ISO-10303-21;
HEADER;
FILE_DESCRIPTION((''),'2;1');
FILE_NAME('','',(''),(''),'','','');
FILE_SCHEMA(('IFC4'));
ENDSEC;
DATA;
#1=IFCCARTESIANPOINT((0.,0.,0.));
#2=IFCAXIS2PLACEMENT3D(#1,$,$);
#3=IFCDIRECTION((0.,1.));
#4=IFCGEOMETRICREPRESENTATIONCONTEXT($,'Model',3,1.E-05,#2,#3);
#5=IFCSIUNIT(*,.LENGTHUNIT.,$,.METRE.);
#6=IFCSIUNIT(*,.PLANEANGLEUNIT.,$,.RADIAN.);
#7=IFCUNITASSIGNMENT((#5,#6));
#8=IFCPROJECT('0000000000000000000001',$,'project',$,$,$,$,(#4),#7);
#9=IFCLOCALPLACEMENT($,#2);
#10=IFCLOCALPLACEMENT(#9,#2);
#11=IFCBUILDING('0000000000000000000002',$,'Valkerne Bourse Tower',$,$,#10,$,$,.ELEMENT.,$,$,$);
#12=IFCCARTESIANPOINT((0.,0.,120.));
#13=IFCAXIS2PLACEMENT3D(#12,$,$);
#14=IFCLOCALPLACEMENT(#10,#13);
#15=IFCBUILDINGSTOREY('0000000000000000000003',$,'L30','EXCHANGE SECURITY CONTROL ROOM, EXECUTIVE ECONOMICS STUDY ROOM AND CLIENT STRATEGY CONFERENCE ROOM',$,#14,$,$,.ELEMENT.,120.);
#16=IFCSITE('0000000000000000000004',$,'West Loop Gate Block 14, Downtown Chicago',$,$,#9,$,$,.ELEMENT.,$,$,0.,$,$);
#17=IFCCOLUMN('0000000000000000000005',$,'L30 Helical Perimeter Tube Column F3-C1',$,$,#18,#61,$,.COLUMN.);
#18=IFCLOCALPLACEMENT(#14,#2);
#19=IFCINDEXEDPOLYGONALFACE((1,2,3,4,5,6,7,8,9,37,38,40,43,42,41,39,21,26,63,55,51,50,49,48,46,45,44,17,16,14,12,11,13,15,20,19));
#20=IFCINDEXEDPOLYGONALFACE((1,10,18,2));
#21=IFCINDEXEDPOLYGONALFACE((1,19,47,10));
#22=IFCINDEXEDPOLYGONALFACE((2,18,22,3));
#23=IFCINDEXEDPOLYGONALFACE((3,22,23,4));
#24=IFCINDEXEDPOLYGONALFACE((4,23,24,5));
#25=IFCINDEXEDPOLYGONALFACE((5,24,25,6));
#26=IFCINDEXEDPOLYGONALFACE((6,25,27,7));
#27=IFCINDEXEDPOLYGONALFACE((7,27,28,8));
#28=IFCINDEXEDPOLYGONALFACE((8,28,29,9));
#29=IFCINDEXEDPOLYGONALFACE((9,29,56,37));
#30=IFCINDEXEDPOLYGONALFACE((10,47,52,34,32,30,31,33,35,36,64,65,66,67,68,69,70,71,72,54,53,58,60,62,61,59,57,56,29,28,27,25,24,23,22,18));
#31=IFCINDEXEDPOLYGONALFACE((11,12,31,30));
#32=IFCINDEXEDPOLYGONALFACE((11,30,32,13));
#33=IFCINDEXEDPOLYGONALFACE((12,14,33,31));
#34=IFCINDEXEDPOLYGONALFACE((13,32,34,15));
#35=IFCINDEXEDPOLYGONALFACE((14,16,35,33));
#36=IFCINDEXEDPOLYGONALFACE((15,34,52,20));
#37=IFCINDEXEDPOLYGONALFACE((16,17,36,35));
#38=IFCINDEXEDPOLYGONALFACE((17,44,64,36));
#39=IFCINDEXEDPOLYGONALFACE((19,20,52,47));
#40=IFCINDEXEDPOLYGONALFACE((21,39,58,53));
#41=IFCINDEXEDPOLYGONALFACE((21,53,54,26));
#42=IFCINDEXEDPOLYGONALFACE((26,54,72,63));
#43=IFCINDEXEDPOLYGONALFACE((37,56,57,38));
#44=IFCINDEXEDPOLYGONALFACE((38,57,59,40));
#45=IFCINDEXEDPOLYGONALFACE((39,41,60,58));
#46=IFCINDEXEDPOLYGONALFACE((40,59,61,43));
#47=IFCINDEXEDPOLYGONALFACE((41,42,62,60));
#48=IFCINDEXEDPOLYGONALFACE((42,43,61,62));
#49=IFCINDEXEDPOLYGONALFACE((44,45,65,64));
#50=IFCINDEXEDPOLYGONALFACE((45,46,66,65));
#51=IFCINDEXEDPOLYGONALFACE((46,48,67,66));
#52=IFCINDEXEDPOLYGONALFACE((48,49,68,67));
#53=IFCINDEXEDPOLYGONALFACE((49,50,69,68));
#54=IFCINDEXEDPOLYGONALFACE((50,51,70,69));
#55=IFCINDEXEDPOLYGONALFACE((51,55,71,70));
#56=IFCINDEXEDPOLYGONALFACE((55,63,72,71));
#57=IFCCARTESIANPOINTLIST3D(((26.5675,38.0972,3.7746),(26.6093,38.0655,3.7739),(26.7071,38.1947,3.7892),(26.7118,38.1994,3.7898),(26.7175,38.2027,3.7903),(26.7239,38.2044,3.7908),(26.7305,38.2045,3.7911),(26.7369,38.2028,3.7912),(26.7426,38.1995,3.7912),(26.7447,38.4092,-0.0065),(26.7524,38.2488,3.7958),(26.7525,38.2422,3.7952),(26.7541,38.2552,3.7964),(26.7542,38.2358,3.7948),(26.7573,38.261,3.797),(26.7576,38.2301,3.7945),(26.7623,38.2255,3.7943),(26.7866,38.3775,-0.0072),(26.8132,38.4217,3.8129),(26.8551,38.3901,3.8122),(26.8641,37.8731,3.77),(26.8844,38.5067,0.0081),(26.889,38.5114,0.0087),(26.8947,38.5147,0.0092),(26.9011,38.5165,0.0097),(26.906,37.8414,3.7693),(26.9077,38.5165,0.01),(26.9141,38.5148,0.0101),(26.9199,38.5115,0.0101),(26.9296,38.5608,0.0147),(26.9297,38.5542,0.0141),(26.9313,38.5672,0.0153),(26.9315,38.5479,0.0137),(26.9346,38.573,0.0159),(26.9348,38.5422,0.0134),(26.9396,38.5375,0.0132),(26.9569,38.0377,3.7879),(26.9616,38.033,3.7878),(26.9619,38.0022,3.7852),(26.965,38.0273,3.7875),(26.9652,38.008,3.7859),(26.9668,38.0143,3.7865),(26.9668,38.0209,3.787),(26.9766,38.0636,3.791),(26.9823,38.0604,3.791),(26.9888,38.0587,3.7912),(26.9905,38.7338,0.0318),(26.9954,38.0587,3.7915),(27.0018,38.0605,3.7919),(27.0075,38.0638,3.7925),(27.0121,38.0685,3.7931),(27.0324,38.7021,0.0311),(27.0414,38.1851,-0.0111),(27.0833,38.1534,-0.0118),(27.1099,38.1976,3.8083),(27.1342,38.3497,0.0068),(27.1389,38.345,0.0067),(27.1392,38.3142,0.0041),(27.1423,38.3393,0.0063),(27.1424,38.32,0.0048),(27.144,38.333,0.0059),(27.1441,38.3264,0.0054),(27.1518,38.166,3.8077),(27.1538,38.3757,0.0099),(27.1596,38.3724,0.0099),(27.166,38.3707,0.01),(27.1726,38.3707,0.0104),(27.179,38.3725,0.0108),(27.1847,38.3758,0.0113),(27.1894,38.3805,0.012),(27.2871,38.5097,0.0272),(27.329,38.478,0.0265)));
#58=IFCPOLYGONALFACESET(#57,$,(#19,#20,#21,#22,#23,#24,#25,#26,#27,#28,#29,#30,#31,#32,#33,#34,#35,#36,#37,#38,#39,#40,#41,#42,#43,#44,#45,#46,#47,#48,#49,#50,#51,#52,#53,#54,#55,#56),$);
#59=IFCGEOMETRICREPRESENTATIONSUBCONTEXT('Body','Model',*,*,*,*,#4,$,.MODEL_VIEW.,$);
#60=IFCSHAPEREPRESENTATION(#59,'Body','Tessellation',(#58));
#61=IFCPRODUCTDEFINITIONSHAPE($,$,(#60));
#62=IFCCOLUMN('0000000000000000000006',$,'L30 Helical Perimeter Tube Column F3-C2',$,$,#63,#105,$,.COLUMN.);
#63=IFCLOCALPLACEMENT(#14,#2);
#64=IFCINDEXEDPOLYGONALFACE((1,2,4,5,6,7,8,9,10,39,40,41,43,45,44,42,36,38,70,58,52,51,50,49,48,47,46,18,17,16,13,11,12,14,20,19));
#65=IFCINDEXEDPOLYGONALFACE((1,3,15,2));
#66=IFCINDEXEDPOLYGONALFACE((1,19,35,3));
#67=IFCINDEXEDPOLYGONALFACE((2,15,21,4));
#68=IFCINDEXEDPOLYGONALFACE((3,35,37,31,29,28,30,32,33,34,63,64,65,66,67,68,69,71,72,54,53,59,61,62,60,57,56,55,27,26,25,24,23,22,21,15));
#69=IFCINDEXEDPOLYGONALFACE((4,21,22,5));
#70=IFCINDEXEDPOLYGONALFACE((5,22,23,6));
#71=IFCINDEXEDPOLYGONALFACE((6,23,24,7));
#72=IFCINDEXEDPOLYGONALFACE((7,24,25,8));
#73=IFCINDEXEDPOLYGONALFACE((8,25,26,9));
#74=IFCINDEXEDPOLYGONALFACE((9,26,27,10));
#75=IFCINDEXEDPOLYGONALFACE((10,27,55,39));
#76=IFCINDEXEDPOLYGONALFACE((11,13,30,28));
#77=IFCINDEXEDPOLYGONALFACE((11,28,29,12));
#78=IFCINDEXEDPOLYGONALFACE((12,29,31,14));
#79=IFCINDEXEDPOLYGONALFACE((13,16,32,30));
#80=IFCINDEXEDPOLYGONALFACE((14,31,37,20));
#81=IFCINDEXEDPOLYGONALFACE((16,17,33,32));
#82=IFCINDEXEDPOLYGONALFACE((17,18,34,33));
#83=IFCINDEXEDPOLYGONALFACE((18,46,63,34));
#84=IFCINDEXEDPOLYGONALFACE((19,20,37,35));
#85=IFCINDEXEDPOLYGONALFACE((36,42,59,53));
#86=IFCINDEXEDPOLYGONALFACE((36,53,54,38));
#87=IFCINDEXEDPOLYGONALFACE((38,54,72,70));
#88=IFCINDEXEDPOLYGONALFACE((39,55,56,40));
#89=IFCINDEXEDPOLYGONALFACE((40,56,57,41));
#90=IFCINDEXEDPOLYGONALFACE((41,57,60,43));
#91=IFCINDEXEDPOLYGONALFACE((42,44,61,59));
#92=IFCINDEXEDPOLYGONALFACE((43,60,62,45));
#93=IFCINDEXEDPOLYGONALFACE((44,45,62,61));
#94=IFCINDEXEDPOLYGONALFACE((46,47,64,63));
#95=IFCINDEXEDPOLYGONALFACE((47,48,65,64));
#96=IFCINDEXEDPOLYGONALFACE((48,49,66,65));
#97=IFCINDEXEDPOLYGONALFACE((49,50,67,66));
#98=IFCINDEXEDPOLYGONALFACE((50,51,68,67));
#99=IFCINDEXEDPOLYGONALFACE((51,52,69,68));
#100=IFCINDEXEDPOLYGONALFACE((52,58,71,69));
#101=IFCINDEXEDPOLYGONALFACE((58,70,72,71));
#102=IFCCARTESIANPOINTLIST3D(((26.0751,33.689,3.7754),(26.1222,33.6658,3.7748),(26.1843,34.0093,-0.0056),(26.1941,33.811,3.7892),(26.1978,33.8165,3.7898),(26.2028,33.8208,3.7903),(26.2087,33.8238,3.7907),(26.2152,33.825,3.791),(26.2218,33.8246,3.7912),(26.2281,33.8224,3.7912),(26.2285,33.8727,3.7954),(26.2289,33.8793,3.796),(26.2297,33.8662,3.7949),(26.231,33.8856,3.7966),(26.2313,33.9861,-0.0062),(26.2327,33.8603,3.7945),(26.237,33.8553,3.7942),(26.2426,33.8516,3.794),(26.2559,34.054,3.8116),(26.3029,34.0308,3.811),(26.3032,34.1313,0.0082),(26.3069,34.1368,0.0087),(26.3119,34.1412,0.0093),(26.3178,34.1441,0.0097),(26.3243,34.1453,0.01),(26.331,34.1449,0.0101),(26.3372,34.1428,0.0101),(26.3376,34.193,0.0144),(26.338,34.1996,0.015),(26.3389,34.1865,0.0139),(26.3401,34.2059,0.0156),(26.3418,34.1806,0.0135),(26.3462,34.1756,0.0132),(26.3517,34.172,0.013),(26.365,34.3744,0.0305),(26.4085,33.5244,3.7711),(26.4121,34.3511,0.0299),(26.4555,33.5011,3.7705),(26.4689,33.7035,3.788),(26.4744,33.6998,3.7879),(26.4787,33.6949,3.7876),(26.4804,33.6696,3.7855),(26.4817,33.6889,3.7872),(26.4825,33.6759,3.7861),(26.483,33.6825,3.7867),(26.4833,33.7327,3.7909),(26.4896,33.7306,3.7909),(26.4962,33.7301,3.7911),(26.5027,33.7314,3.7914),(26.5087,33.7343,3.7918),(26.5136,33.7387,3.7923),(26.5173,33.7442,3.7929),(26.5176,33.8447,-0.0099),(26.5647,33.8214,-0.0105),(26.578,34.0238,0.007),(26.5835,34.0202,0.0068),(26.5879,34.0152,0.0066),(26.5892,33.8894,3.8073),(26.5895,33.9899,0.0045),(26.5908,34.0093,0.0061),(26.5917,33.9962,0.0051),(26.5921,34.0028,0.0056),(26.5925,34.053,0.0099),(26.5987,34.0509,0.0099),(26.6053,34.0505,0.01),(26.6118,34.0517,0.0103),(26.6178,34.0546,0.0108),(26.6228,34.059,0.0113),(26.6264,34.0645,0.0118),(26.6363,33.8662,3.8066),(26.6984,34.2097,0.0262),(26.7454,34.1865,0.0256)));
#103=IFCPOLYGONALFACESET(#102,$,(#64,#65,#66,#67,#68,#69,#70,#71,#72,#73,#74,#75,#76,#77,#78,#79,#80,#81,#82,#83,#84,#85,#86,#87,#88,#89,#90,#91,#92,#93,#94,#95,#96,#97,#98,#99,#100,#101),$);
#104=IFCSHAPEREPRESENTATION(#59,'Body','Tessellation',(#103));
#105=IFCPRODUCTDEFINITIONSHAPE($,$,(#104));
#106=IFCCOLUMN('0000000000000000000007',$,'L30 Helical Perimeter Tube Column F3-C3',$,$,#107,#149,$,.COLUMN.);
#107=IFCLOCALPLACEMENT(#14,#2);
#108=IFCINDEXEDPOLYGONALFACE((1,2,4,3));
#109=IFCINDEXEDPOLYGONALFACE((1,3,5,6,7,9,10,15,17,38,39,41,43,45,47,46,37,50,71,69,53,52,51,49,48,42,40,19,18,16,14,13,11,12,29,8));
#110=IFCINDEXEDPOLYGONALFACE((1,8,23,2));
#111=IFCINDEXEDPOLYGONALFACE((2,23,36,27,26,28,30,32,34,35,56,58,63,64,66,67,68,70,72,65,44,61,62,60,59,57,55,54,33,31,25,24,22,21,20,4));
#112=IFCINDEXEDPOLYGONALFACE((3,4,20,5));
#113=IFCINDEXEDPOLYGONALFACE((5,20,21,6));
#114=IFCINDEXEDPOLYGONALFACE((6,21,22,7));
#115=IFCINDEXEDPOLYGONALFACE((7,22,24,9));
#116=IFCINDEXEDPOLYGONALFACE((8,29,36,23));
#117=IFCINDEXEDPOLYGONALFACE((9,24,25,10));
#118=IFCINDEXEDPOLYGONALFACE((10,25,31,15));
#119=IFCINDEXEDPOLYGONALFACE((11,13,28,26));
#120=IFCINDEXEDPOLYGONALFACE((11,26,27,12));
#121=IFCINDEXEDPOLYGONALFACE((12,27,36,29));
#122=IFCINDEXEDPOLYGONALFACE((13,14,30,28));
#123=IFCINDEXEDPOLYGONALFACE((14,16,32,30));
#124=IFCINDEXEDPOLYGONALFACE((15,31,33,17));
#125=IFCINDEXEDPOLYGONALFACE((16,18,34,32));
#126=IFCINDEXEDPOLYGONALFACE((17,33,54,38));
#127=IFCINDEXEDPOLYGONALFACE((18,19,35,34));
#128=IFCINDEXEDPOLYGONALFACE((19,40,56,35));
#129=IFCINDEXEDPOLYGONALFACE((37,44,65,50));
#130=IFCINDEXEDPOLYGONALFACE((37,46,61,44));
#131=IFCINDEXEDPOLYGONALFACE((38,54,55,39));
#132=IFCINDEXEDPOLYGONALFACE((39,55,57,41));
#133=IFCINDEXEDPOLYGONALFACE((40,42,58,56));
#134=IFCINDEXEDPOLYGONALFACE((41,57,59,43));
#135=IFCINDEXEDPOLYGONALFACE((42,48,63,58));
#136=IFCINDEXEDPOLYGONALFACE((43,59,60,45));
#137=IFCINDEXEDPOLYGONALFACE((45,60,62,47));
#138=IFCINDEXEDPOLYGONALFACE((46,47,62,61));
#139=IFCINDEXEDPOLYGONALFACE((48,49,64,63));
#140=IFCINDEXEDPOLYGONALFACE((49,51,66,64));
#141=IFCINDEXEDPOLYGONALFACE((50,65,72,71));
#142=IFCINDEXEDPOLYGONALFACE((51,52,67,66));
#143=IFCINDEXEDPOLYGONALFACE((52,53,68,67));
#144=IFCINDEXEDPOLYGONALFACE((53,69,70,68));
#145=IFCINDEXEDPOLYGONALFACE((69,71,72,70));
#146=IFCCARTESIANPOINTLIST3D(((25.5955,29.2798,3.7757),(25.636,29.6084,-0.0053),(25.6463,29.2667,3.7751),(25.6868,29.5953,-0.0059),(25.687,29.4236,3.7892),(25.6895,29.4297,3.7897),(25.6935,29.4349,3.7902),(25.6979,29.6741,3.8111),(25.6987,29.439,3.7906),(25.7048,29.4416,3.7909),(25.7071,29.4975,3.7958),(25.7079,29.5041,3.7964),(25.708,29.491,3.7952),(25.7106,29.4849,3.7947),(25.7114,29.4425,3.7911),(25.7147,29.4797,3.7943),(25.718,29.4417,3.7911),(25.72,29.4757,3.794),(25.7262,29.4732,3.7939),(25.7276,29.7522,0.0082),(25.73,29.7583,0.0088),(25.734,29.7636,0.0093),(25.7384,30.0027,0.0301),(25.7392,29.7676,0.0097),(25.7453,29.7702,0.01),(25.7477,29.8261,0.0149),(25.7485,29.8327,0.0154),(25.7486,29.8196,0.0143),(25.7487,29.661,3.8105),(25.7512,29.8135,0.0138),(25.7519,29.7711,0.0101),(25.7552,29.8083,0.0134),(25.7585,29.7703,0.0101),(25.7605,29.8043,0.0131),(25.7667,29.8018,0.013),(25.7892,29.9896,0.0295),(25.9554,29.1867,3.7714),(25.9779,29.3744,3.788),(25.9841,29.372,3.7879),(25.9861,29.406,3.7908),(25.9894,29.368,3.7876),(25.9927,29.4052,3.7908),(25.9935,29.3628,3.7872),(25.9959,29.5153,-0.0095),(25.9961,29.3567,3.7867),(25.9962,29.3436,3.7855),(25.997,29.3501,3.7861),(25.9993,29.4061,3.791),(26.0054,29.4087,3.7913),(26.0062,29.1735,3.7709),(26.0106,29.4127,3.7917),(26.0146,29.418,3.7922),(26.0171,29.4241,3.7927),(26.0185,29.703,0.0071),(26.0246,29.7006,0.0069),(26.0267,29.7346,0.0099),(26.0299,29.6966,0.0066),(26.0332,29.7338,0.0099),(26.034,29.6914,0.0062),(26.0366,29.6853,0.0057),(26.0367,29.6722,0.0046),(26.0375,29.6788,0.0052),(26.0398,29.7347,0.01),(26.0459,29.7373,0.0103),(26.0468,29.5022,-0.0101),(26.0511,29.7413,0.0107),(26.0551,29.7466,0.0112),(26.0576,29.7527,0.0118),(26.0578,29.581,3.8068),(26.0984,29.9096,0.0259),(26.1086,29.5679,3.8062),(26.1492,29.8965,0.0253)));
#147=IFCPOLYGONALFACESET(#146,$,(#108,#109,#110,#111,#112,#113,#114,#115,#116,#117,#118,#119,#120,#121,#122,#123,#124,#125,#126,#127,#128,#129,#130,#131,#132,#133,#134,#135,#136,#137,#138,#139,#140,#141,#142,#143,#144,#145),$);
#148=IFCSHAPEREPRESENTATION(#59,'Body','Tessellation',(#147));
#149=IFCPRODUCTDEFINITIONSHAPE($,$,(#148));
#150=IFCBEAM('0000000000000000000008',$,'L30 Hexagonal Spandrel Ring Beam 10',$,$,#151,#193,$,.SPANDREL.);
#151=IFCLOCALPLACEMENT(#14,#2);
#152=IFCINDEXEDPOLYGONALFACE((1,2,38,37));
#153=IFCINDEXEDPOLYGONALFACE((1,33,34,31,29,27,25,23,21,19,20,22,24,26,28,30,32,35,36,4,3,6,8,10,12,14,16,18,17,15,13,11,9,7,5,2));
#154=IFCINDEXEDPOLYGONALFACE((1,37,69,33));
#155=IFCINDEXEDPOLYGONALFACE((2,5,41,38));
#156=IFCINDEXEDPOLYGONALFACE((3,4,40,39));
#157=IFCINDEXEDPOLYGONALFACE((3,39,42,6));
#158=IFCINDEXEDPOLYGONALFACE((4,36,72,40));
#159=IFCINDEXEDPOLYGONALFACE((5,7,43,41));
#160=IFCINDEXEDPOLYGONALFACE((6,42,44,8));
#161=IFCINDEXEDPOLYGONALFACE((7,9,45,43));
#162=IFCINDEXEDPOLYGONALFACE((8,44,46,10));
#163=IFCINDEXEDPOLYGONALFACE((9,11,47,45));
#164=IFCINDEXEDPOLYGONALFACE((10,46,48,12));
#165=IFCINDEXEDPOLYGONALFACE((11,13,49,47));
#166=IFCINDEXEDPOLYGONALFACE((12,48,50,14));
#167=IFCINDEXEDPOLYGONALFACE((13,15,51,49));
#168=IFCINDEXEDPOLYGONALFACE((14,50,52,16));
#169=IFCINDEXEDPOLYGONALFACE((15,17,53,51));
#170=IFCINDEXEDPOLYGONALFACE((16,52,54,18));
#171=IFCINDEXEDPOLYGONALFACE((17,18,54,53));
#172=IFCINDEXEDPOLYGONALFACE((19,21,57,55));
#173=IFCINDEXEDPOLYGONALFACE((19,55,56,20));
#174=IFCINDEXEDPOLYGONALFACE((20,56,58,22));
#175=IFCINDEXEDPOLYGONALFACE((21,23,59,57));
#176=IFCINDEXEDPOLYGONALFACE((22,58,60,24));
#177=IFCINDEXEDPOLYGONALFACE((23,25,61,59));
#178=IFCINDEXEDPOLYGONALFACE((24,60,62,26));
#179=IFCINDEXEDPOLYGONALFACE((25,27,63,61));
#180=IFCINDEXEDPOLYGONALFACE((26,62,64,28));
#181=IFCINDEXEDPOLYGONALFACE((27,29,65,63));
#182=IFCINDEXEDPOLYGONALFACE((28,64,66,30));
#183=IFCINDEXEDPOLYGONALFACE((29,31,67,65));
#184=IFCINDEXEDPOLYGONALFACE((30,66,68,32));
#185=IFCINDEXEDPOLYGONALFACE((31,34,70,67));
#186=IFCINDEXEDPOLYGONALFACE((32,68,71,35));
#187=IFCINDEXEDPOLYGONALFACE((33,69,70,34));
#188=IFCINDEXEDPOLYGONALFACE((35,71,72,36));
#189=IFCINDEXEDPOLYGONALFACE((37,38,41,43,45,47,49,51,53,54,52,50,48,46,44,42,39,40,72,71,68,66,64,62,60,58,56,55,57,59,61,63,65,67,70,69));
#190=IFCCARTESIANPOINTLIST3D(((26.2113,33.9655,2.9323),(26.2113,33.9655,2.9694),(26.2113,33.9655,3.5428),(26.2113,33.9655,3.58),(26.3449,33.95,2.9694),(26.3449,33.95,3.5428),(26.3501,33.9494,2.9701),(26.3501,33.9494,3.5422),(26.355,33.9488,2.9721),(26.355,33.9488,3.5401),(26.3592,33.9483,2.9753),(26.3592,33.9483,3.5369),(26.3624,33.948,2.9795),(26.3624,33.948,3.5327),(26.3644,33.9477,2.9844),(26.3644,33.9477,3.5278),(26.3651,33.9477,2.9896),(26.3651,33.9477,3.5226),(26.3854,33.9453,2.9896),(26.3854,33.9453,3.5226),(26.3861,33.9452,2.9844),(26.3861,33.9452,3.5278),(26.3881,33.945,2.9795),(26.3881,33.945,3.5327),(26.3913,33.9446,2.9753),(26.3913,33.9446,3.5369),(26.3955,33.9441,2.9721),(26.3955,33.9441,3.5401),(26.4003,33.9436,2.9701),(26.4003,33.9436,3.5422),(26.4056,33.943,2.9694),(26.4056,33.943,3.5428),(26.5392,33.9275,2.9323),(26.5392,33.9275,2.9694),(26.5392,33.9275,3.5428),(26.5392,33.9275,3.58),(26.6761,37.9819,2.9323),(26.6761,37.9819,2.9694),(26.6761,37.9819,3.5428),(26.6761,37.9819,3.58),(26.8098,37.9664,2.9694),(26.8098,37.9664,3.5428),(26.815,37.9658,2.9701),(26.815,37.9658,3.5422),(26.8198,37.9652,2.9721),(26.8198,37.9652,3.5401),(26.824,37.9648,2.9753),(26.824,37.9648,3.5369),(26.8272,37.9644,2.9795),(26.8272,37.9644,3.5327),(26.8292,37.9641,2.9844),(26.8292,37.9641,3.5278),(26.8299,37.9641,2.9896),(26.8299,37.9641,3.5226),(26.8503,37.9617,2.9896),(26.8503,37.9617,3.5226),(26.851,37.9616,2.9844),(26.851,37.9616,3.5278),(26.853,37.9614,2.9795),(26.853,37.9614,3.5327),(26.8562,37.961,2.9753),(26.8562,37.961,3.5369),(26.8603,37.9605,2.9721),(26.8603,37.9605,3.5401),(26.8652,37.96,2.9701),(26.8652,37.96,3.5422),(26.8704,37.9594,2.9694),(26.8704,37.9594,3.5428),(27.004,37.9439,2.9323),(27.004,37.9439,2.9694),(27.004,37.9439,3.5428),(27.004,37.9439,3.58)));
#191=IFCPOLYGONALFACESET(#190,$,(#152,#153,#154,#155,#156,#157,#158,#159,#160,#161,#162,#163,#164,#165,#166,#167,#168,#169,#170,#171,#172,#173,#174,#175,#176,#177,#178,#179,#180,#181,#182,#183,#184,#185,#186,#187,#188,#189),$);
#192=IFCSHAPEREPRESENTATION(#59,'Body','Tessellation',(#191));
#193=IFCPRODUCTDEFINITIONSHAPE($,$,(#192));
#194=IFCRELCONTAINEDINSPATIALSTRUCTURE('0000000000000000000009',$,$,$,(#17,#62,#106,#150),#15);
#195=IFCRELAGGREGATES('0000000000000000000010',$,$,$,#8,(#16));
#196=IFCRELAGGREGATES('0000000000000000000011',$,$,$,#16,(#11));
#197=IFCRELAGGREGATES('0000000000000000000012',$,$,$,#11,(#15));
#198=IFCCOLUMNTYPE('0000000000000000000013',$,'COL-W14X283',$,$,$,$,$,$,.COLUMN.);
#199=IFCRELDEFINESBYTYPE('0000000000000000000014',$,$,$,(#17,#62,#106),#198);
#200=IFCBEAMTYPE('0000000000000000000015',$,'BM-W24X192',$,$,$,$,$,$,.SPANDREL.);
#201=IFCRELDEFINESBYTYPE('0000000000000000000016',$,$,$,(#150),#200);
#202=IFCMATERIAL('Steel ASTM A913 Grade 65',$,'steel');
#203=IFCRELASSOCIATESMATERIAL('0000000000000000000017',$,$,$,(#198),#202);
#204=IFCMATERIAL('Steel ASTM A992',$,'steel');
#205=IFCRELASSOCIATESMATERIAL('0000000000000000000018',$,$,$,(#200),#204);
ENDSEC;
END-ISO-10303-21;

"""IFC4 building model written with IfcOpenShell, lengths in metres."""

from ifc_helpers import new_model, si_unit, direction, frame, origin, origin_2d, place, context, subcontext, project, spatial, i_section, extrude, material, material_profile, profile_set, type_object, element, save


model = new_model("IFC4")

# Units and contexts
model_context = context("Model", 3, precision=1e-05, world=origin(), true_north=direction((0.0, 1.0)))
body_context = subcontext(model_context, "Body", "Model", "MODEL_VIEW")
ifc_project = project(units=[si_unit("LENGTHUNIT", "METRE"), si_unit("PLANEANGLEUNIT", "RADIAN")], contexts=[model_context])

# Site, building, storey
site_placement = place(None, origin())
site = spatial("IfcSite", under=ifc_project, at=site_placement, Name="West Loop Gate Block 14, Downtown Chicago", CompositionType="ELEMENT", RefElevation=0.0)
building_placement = place(site_placement, origin())
building = spatial("IfcBuilding", under=site, at=building_placement, Name="Valkerne Bourse Tower", CompositionType="ELEMENT")
storey_placement = place(building_placement, frame((0.0, 0.0, 120.0)))
storey = spatial("IfcBuildingStorey", under=building, at=storey_placement, Name="L30", Description="EXCHANGE SECURITY CONTROL ROOM, EXECUTIVE ECONOMICS STUDY ROOM AND CLIENT STRATEGY CONFERENCE ROOM", CompositionType="ELEMENT", Elevation=120.0)

# Columns
ifc_material_1 = material(Name="Steel ASTM A913 Grade 65", Category="steel")
ifc_material_profile_1 = material_profile(ifc_material_1, i_section(OverallWidth=0.4089, OverallDepth=0.4243, WebThickness=0.0327, FlangeThickness=0.0525, FilletRadius=0.0254, at=origin_2d()), Name="W14X283")
ifc_profile_set_1 = profile_set([ifc_material_profile_1], Name="Steel ASTM A913 Grade 65")
column_type = type_object("IfcColumnType", Name="COL-W14X283", PredefinedType="COLUMN", material=ifc_profile_set_1)
column_1_placement = place(storey_placement, frame((27.0369, 38.4436, 0.01), z_axis=(-0.046668, -0.082152, 0.995527), x_axis=(-0.601015, -0.793729, -0.093674)))
element("IfcColumn", 1, at=column_1_placement, inside=storey, type_object=column_type, Name="L30 Helical Perimeter Tube Column F3-C1", PredefinedType="COLUMN", context=body_context, shape_type="SweptSolid", body=[
    extrude(i_section(OverallWidth=0.4089, OverallDepth=0.4243, WebThickness=0.0327, FlangeThickness=0.0525, FilletRadius=0.0254, at=origin_2d()), origin(), (0.0, 0.0, 1.0), 3.7981),
])
column_2_placement = place(storey_placement, frame((26.4648, 34.0979, 0.01), z_axis=(-0.028748, -0.084379, 0.996019), x_axis=(-0.442018, -0.892642, -0.088379)))
element("IfcColumn", 2, at=column_2_placement, inside=storey, type_object=column_type, Name="L30 Helical Perimeter Tube Column F3-C2", PredefinedType="COLUMN", context=body_context, shape_type="SweptSolid", body=[
    extrude(i_section(OverallWidth=0.4089, OverallDepth=0.4243, WebThickness=0.0327, FlangeThickness=0.0525, FilletRadius=0.0254, at=origin_2d()), origin(), (0.0, 0.0, 1.0), 3.7961),
])
column_3_placement = place(storey_placement, frame((25.8926, 29.7524, 0.01), z_axis=(-0.010678, -0.08658, 0.996188), x_axis=(-0.250436, -0.964262, -0.08649)))
element("IfcColumn", 3, at=column_3_placement, inside=storey, type_object=column_type, Name="L30 Helical Perimeter Tube Column F3-C3", PredefinedType="COLUMN", context=body_context, shape_type="SweptSolid", body=[
    extrude(i_section(OverallWidth=0.4089, OverallDepth=0.4243, WebThickness=0.0327, FlangeThickness=0.0525, FilletRadius=0.0254, at=origin_2d()), origin(), (0.0, 0.0, 1.0), 3.7954),
])

# Beam
ifc_material_2 = material(Name="Steel ASTM A992", Category="steel")
ifc_material_profile_2 = material_profile(ifc_material_2, i_section(OverallWidth=0.3301, OverallDepth=0.6477, WebThickness=0.0205, FlangeThickness=0.0371, FilletRadius=0.0203, at=origin_2d()), Name="W24X192")
ifc_profile_set_2 = profile_set([ifc_material_profile_2], Name="Steel ASTM A992")
beam_type_1 = type_object("IfcBeamType", Name="BM-W24X192", PredefinedType="SPANDREL", material=ifc_profile_set_2)
beam_1_placement = place(storey_placement, frame((26.8401, 37.9629, 3.2561), z_axis=(-0.11497, -0.993369, 0.0), x_axis=(0.993369, -0.11497, 0.0)))
element("IfcBeam", 4, at=beam_1_placement, inside=storey, type_object=beam_type_1, Name="L30 Hexagonal Spandrel Ring Beam 10", PredefinedType="SPANDREL", context=body_context, shape_type="SweptSolid", body=[
    extrude(i_section(OverallWidth=0.3301, OverallDepth=0.6477, WebThickness=0.0205, FlangeThickness=0.0371, FilletRadius=0.0203, at=origin_2d()), origin(), (0.0, 0.0, 1.0), 4.0432),
])

save(model, "model.ifc")
